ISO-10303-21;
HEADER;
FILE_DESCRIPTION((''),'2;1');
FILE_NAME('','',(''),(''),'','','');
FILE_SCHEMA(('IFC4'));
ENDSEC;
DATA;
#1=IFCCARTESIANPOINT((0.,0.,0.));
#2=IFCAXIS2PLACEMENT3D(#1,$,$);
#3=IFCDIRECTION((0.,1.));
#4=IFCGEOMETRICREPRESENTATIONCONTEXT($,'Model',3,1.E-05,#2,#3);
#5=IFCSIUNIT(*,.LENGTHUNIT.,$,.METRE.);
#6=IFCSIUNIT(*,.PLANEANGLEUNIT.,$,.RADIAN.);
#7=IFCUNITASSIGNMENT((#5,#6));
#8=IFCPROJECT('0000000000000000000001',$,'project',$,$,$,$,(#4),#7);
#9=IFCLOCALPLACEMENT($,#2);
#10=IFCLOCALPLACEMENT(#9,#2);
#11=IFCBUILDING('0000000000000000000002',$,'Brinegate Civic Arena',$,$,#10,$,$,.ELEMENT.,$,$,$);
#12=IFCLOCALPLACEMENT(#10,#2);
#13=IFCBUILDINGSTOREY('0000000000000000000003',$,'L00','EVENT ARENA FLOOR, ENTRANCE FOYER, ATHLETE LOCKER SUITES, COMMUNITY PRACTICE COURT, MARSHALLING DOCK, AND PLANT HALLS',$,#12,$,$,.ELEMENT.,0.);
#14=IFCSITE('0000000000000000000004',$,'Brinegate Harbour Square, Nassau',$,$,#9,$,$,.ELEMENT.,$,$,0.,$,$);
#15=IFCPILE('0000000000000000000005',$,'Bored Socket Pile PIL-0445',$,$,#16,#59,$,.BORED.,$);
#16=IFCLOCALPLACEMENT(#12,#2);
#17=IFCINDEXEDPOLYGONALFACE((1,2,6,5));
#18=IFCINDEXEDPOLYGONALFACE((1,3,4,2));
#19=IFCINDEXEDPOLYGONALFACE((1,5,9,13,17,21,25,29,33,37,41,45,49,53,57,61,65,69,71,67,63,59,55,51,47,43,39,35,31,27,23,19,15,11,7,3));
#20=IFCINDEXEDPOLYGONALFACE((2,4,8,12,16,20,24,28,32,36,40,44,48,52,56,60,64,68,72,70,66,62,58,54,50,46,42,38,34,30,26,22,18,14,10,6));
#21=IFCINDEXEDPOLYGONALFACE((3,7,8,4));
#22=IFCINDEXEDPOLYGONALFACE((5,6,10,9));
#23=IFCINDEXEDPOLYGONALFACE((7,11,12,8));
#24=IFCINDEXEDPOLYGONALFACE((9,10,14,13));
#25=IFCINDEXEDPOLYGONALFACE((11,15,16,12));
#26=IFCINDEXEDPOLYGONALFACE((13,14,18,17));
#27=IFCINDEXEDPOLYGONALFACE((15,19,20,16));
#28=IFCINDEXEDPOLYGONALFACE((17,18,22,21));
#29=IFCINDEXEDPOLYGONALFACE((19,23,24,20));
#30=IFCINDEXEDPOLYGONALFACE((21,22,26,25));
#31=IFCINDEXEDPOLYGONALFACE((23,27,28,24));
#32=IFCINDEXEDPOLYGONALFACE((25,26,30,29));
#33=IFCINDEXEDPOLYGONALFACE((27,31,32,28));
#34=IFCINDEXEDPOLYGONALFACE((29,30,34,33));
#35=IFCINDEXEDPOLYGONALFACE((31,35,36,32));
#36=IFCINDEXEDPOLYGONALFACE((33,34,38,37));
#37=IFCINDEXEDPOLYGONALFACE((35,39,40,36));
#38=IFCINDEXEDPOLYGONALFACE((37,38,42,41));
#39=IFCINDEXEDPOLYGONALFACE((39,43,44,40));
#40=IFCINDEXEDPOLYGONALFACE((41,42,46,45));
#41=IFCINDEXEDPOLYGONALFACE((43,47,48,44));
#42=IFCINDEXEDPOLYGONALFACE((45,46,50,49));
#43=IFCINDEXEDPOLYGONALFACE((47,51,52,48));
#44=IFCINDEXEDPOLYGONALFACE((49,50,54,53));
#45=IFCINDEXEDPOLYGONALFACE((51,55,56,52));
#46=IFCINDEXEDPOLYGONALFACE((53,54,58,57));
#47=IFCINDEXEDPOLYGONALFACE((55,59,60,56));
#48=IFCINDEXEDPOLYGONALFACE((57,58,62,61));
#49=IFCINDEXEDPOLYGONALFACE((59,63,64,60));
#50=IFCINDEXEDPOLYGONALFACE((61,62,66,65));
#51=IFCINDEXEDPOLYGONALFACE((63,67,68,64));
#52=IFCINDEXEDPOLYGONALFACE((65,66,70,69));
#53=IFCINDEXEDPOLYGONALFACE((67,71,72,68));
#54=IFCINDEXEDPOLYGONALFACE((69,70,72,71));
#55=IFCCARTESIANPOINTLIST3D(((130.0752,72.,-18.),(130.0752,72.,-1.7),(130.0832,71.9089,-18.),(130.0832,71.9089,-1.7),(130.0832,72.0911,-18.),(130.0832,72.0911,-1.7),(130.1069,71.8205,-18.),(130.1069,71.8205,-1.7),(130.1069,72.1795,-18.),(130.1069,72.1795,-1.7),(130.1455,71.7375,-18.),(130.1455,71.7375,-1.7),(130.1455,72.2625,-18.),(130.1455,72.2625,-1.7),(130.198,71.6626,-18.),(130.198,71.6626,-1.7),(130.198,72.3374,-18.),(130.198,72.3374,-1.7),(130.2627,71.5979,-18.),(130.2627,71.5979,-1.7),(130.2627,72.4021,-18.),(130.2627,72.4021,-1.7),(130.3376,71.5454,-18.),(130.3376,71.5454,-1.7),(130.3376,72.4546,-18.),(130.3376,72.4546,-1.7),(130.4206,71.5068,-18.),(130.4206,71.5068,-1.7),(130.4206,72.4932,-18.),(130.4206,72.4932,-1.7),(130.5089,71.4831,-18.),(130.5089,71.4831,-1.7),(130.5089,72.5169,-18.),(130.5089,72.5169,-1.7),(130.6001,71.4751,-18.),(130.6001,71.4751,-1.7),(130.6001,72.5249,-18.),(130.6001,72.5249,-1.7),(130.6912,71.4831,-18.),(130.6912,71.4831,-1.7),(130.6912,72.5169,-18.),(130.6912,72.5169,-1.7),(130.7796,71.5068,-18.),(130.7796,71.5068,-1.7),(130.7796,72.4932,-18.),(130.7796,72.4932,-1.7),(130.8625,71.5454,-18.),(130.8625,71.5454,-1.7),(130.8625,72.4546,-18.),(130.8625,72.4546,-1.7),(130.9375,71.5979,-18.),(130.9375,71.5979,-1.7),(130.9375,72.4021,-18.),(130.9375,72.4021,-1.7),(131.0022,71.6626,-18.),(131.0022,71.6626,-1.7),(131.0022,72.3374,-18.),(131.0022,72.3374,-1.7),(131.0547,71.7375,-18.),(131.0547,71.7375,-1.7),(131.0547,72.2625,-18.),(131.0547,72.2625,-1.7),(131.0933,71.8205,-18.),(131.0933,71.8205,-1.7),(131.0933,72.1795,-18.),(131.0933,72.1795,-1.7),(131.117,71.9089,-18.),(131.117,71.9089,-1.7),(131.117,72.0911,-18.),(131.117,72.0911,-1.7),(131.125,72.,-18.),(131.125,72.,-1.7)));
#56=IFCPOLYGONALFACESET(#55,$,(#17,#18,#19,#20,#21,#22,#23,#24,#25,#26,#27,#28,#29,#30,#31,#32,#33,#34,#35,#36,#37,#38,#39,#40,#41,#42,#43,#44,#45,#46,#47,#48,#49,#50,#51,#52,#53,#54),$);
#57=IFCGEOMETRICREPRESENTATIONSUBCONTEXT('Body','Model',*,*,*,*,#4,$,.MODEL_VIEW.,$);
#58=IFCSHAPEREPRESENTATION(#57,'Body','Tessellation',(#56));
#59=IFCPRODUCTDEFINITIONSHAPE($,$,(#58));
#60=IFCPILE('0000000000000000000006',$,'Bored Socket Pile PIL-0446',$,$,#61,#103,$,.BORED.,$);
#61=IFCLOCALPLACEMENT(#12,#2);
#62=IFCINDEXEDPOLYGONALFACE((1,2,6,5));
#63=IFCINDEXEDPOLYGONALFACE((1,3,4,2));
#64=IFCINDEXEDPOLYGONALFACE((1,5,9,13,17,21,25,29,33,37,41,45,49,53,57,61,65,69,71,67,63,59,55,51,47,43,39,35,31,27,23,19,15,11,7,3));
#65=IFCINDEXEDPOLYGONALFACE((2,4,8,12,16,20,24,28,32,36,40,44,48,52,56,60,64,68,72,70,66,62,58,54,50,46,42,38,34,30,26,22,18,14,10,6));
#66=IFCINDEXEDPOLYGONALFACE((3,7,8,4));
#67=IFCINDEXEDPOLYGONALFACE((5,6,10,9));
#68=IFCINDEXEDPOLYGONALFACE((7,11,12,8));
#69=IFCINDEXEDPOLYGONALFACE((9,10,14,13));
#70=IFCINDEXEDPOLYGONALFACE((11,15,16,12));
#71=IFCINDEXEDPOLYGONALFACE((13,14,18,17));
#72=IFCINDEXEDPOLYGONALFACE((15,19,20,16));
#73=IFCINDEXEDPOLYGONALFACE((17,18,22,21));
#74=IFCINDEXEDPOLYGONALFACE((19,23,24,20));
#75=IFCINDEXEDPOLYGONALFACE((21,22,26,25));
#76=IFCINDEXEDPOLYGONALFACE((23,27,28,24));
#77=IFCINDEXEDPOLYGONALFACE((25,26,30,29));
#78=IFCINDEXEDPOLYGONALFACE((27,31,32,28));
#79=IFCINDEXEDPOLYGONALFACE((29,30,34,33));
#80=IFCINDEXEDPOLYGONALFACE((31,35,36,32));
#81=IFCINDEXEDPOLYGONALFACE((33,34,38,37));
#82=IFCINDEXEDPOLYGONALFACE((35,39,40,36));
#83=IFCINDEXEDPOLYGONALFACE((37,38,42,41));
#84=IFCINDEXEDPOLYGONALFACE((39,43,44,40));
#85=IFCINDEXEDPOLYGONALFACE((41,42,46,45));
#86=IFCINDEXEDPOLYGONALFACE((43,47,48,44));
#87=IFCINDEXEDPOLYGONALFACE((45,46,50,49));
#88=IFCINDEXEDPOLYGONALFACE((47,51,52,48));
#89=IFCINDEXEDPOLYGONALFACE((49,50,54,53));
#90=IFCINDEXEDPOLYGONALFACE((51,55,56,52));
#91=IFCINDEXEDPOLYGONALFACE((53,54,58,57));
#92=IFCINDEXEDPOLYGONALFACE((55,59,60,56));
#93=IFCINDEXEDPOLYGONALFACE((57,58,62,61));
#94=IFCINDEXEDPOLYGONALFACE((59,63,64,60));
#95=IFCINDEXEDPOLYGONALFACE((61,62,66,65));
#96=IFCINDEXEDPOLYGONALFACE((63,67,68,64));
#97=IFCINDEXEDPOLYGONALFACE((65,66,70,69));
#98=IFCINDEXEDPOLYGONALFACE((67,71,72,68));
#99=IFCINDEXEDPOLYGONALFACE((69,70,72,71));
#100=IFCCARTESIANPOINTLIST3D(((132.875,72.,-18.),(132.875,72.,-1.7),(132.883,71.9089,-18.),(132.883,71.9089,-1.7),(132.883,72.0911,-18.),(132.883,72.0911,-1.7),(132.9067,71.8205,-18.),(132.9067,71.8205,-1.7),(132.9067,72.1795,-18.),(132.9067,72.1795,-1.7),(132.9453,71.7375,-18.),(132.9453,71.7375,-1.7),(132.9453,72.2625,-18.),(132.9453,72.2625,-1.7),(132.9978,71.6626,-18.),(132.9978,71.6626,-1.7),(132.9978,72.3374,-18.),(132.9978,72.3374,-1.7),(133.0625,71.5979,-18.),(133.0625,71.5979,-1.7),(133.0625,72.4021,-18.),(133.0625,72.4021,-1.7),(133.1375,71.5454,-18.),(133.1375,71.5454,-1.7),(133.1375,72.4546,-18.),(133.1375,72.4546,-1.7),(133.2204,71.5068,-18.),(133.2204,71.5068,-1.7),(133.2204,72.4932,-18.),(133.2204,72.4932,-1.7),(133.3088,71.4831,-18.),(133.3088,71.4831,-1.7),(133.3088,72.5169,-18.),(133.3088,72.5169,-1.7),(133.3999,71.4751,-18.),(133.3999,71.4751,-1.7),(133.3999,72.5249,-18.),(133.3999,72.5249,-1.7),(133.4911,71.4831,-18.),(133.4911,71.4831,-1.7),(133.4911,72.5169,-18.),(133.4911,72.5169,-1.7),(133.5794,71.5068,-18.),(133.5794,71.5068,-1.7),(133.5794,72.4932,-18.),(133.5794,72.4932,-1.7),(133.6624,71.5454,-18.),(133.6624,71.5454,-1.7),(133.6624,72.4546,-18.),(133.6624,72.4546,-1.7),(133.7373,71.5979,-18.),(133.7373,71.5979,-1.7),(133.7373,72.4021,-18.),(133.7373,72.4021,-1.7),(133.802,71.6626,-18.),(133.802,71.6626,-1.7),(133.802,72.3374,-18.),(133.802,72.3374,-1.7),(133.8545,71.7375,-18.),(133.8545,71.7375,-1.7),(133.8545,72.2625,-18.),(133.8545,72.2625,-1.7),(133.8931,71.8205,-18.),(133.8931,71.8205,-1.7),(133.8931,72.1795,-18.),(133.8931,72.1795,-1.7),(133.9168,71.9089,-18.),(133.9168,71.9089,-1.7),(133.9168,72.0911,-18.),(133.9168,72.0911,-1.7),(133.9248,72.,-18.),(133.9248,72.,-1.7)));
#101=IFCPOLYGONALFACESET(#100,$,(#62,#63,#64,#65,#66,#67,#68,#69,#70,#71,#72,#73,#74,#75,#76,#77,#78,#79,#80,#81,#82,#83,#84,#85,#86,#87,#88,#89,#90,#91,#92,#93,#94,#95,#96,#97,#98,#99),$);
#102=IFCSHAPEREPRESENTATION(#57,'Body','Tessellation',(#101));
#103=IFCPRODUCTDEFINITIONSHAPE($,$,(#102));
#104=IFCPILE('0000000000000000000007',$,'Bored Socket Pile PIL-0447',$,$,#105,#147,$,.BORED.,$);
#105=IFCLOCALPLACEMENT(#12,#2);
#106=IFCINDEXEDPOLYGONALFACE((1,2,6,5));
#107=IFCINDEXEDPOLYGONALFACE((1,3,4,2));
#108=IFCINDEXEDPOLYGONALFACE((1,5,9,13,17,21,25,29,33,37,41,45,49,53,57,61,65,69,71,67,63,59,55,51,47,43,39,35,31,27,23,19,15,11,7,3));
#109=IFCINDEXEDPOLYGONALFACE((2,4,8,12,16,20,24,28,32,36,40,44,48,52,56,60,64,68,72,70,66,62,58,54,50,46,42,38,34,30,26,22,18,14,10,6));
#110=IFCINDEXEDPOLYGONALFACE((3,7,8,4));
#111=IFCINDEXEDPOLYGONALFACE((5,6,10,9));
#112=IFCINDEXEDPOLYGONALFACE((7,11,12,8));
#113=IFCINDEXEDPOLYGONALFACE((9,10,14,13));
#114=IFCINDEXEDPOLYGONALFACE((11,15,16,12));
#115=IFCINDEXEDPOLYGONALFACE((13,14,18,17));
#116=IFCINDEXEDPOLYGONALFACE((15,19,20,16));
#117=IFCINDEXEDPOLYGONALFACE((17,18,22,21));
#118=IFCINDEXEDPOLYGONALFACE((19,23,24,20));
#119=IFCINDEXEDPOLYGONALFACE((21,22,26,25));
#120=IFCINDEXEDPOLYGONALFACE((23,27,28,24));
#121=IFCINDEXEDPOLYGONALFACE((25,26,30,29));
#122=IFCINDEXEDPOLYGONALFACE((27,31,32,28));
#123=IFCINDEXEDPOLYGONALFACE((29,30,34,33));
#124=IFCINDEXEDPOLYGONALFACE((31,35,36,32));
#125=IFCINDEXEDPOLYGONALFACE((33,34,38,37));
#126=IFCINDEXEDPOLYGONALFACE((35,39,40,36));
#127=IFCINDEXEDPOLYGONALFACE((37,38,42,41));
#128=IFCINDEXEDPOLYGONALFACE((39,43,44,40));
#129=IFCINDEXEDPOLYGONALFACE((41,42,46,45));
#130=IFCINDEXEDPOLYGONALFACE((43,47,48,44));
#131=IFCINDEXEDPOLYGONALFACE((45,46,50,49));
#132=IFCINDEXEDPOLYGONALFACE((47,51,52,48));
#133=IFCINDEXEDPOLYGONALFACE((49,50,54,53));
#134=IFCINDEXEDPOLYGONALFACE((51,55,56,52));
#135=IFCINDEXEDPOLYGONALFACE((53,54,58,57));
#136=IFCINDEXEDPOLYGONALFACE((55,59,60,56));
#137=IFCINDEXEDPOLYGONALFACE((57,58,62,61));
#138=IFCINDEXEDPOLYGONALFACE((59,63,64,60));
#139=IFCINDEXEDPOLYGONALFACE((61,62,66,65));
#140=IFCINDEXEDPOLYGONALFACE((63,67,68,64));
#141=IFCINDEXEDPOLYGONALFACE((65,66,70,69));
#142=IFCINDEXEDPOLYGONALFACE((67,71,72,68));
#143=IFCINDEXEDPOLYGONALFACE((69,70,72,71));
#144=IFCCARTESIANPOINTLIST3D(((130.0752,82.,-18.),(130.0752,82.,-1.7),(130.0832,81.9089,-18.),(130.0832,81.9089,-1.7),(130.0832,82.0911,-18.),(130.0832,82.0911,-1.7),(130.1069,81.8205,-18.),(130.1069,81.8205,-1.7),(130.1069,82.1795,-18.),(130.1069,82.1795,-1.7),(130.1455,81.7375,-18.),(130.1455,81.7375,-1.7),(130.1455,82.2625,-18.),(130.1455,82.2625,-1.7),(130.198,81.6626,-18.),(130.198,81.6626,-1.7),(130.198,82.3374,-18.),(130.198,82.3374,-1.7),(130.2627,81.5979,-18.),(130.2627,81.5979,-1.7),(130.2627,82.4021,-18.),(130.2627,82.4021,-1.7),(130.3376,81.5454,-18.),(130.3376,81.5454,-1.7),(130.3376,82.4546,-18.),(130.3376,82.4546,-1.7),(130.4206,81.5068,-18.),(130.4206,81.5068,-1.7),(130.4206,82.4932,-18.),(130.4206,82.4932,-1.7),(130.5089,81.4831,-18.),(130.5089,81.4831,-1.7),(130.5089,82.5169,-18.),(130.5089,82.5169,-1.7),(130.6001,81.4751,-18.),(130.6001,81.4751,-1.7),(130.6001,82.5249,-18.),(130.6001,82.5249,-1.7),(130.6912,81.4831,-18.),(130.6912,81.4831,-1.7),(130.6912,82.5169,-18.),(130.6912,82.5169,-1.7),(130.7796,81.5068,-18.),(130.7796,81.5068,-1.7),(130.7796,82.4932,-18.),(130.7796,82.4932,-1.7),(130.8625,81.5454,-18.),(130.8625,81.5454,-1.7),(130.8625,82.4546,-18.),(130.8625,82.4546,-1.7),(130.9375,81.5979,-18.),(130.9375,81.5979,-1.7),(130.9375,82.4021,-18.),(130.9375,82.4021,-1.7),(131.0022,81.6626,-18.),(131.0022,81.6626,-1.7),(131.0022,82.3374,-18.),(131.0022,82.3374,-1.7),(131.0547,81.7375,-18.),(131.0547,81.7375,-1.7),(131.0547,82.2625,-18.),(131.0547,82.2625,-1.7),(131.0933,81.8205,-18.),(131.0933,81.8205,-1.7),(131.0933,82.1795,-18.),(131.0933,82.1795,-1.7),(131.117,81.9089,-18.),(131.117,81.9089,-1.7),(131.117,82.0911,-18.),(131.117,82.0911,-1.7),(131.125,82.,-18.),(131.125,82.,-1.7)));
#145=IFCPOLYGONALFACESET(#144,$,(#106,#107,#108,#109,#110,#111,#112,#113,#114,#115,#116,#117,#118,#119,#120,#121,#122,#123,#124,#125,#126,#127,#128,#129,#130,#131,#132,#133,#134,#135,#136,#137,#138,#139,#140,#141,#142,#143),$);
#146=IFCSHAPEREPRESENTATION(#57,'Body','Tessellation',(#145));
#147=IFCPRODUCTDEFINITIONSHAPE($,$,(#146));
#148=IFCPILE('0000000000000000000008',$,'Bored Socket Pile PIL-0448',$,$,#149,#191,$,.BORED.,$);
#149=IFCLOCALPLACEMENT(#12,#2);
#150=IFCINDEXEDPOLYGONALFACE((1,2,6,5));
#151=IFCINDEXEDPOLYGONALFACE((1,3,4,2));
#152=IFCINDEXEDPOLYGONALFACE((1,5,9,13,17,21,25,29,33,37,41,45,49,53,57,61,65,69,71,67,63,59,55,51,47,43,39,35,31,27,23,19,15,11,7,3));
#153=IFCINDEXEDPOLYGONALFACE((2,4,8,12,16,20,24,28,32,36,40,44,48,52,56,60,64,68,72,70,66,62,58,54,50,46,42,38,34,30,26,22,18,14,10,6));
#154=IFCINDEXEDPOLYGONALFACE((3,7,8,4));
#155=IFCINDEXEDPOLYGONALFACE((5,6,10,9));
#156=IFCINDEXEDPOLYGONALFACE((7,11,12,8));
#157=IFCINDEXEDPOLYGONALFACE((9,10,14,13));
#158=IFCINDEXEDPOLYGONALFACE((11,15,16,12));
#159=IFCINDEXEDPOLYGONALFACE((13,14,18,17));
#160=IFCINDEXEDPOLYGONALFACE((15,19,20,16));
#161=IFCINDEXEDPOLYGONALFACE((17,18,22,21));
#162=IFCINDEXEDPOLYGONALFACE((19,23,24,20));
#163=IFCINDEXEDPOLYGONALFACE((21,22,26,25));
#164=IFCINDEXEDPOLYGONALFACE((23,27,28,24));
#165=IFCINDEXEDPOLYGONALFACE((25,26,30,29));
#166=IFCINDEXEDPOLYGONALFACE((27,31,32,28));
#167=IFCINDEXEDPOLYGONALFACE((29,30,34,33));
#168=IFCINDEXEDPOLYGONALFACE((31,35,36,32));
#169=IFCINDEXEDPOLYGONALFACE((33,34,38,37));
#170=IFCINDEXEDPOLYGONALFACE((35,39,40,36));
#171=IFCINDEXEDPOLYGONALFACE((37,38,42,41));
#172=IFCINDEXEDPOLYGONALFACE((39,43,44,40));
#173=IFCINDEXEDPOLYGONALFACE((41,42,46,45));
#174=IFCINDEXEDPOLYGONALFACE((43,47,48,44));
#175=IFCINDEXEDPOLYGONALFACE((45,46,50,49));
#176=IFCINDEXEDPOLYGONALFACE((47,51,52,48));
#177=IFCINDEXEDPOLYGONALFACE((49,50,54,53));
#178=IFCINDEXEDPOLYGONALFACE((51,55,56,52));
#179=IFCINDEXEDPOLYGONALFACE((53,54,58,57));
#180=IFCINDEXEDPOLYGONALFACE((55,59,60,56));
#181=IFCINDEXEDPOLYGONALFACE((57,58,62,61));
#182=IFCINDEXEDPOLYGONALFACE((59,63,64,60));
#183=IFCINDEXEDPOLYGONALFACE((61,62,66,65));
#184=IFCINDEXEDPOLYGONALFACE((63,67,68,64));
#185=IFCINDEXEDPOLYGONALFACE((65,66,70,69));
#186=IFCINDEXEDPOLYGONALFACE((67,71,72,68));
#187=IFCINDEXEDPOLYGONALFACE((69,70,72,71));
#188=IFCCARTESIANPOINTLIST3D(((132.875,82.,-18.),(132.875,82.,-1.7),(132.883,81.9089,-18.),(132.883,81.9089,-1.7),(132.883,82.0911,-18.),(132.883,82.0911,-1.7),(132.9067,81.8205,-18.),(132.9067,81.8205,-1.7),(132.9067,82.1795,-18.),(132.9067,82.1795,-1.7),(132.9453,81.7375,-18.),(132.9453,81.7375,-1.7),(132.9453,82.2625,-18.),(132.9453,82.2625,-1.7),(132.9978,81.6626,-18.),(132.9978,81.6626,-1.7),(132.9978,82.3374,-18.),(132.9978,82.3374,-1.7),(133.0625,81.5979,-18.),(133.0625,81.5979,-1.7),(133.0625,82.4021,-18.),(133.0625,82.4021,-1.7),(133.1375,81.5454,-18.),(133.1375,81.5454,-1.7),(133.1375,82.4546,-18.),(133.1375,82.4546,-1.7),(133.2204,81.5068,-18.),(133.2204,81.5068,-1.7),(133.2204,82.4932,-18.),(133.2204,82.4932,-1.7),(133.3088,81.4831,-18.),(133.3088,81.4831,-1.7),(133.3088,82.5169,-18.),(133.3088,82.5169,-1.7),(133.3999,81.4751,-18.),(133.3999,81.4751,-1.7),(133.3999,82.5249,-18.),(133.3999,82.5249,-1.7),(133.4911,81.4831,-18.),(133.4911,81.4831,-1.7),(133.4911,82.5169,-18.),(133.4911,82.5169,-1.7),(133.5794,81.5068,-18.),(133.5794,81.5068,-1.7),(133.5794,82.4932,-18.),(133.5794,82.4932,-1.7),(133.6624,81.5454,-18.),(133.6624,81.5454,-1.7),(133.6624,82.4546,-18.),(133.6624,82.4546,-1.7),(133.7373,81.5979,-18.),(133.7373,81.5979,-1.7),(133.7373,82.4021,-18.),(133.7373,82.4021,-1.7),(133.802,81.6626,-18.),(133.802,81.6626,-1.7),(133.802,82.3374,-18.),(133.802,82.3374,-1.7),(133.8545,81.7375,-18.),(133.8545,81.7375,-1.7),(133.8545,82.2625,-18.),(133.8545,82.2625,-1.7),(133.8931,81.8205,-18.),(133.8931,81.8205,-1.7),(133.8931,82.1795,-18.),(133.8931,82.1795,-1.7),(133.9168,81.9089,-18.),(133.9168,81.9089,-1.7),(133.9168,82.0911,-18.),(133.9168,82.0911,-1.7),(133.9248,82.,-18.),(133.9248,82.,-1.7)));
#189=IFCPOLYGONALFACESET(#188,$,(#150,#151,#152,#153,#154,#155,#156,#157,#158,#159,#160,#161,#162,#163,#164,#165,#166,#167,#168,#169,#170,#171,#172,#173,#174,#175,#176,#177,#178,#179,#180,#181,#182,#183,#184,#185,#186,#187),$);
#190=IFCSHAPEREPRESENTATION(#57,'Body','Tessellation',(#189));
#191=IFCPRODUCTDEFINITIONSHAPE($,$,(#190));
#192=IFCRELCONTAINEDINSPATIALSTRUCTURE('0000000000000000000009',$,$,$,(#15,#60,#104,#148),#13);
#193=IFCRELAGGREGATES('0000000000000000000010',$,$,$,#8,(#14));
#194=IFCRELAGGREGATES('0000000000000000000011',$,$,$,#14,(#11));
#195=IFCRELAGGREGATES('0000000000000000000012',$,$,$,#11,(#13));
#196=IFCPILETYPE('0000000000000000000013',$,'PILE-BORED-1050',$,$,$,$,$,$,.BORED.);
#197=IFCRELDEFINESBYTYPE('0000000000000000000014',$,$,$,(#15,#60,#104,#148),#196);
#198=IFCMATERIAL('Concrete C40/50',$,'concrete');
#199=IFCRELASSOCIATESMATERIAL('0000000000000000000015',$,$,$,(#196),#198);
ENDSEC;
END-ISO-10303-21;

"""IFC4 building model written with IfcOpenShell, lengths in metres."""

from ifc_helpers import new_model, si_unit, direction, frame, origin, origin_2d, place, context, subcontext, project, spatial, circle, extrude, material, material_profile, profile_set, type_object, element, save


model = new_model("IFC4")

# Units and contexts
model_context = context("Model", 3, precision=1e-05, world=origin(), true_north=direction((0.0, 1.0)))
body_context = subcontext(model_context, "Body", "Model", "MODEL_VIEW")
ifc_project = project(units=[si_unit("LENGTHUNIT", "METRE"), si_unit("PLANEANGLEUNIT", "RADIAN")], contexts=[model_context])

# Site, building, storey
site_placement = place(None, origin())
site = spatial("IfcSite", under=ifc_project, at=site_placement, Name="Brinegate Harbour Square, Nassau", CompositionType="ELEMENT", RefElevation=0.0)
building_placement = place(site_placement, origin())
building = spatial("IfcBuilding", under=site, at=building_placement, Name="Brinegate Civic Arena", CompositionType="ELEMENT")
storey_placement = place(building_placement, origin())
storey = spatial("IfcBuildingStorey", under=building, at=storey_placement, Name="L00", Description="EVENT ARENA FLOOR, ENTRANCE FOYER, ATHLETE LOCKER SUITES, COMMUNITY PRACTICE COURT, MARSHALLING DOCK, AND PLANT HALLS", CompositionType="ELEMENT", Elevation=0.0)

# Shared definitions
ifc_material_1 = material(Name="Concrete C40/50", Category="concrete")

# Piles
ifc_material_profile_1 = material_profile(ifc_material_1, circle(Radius=0.5249, at=origin_2d()), Name="PILED1050")
ifc_profile_set_1 = profile_set([ifc_material_profile_1], Name="Concrete C40/50")
pile_type_1 = type_object("IfcPileType", Name="PILE-BORED-1050", PredefinedType="BORED", material=ifc_profile_set_1)
for number, where, z_axis, x_axis, name in (
    (1, (130.6001, 72.0, -1.7), (0.0, 0.0, -1.0), (1.0, 0.0, 0.0), "Bored Socket Pile PIL-0445"),
    (2, (133.3999, 72.0, -1.7), (0.0, 0.0, -1.0), (1.0, 0.0, 0.0), "Bored Socket Pile PIL-0446"),
    (3, (130.6001, 82.0, -1.7), (0.0, 0.0, -1.0), (1.0, 0.0, 0.0), "Bored Socket Pile PIL-0447"),
    (4, (133.3999, 82.0, -1.7), (0.0, 0.0, -1.0), (1.0, 0.0, 0.0), "Bored Socket Pile PIL-0448"),
):
    element("IfcPile", number, at=place(storey_placement, frame(where, z_axis=z_axis, x_axis=x_axis)), inside=storey, type_object=pile_type_1, Name=name, PredefinedType="BORED", context=body_context, shape_type="SweptSolid", body=[
        extrude(circle(Radius=0.5249, at=origin_2d()), origin(), (0.0, 0.0, 1.0), 16.3),
    ])

save(model, "model.ifc")
